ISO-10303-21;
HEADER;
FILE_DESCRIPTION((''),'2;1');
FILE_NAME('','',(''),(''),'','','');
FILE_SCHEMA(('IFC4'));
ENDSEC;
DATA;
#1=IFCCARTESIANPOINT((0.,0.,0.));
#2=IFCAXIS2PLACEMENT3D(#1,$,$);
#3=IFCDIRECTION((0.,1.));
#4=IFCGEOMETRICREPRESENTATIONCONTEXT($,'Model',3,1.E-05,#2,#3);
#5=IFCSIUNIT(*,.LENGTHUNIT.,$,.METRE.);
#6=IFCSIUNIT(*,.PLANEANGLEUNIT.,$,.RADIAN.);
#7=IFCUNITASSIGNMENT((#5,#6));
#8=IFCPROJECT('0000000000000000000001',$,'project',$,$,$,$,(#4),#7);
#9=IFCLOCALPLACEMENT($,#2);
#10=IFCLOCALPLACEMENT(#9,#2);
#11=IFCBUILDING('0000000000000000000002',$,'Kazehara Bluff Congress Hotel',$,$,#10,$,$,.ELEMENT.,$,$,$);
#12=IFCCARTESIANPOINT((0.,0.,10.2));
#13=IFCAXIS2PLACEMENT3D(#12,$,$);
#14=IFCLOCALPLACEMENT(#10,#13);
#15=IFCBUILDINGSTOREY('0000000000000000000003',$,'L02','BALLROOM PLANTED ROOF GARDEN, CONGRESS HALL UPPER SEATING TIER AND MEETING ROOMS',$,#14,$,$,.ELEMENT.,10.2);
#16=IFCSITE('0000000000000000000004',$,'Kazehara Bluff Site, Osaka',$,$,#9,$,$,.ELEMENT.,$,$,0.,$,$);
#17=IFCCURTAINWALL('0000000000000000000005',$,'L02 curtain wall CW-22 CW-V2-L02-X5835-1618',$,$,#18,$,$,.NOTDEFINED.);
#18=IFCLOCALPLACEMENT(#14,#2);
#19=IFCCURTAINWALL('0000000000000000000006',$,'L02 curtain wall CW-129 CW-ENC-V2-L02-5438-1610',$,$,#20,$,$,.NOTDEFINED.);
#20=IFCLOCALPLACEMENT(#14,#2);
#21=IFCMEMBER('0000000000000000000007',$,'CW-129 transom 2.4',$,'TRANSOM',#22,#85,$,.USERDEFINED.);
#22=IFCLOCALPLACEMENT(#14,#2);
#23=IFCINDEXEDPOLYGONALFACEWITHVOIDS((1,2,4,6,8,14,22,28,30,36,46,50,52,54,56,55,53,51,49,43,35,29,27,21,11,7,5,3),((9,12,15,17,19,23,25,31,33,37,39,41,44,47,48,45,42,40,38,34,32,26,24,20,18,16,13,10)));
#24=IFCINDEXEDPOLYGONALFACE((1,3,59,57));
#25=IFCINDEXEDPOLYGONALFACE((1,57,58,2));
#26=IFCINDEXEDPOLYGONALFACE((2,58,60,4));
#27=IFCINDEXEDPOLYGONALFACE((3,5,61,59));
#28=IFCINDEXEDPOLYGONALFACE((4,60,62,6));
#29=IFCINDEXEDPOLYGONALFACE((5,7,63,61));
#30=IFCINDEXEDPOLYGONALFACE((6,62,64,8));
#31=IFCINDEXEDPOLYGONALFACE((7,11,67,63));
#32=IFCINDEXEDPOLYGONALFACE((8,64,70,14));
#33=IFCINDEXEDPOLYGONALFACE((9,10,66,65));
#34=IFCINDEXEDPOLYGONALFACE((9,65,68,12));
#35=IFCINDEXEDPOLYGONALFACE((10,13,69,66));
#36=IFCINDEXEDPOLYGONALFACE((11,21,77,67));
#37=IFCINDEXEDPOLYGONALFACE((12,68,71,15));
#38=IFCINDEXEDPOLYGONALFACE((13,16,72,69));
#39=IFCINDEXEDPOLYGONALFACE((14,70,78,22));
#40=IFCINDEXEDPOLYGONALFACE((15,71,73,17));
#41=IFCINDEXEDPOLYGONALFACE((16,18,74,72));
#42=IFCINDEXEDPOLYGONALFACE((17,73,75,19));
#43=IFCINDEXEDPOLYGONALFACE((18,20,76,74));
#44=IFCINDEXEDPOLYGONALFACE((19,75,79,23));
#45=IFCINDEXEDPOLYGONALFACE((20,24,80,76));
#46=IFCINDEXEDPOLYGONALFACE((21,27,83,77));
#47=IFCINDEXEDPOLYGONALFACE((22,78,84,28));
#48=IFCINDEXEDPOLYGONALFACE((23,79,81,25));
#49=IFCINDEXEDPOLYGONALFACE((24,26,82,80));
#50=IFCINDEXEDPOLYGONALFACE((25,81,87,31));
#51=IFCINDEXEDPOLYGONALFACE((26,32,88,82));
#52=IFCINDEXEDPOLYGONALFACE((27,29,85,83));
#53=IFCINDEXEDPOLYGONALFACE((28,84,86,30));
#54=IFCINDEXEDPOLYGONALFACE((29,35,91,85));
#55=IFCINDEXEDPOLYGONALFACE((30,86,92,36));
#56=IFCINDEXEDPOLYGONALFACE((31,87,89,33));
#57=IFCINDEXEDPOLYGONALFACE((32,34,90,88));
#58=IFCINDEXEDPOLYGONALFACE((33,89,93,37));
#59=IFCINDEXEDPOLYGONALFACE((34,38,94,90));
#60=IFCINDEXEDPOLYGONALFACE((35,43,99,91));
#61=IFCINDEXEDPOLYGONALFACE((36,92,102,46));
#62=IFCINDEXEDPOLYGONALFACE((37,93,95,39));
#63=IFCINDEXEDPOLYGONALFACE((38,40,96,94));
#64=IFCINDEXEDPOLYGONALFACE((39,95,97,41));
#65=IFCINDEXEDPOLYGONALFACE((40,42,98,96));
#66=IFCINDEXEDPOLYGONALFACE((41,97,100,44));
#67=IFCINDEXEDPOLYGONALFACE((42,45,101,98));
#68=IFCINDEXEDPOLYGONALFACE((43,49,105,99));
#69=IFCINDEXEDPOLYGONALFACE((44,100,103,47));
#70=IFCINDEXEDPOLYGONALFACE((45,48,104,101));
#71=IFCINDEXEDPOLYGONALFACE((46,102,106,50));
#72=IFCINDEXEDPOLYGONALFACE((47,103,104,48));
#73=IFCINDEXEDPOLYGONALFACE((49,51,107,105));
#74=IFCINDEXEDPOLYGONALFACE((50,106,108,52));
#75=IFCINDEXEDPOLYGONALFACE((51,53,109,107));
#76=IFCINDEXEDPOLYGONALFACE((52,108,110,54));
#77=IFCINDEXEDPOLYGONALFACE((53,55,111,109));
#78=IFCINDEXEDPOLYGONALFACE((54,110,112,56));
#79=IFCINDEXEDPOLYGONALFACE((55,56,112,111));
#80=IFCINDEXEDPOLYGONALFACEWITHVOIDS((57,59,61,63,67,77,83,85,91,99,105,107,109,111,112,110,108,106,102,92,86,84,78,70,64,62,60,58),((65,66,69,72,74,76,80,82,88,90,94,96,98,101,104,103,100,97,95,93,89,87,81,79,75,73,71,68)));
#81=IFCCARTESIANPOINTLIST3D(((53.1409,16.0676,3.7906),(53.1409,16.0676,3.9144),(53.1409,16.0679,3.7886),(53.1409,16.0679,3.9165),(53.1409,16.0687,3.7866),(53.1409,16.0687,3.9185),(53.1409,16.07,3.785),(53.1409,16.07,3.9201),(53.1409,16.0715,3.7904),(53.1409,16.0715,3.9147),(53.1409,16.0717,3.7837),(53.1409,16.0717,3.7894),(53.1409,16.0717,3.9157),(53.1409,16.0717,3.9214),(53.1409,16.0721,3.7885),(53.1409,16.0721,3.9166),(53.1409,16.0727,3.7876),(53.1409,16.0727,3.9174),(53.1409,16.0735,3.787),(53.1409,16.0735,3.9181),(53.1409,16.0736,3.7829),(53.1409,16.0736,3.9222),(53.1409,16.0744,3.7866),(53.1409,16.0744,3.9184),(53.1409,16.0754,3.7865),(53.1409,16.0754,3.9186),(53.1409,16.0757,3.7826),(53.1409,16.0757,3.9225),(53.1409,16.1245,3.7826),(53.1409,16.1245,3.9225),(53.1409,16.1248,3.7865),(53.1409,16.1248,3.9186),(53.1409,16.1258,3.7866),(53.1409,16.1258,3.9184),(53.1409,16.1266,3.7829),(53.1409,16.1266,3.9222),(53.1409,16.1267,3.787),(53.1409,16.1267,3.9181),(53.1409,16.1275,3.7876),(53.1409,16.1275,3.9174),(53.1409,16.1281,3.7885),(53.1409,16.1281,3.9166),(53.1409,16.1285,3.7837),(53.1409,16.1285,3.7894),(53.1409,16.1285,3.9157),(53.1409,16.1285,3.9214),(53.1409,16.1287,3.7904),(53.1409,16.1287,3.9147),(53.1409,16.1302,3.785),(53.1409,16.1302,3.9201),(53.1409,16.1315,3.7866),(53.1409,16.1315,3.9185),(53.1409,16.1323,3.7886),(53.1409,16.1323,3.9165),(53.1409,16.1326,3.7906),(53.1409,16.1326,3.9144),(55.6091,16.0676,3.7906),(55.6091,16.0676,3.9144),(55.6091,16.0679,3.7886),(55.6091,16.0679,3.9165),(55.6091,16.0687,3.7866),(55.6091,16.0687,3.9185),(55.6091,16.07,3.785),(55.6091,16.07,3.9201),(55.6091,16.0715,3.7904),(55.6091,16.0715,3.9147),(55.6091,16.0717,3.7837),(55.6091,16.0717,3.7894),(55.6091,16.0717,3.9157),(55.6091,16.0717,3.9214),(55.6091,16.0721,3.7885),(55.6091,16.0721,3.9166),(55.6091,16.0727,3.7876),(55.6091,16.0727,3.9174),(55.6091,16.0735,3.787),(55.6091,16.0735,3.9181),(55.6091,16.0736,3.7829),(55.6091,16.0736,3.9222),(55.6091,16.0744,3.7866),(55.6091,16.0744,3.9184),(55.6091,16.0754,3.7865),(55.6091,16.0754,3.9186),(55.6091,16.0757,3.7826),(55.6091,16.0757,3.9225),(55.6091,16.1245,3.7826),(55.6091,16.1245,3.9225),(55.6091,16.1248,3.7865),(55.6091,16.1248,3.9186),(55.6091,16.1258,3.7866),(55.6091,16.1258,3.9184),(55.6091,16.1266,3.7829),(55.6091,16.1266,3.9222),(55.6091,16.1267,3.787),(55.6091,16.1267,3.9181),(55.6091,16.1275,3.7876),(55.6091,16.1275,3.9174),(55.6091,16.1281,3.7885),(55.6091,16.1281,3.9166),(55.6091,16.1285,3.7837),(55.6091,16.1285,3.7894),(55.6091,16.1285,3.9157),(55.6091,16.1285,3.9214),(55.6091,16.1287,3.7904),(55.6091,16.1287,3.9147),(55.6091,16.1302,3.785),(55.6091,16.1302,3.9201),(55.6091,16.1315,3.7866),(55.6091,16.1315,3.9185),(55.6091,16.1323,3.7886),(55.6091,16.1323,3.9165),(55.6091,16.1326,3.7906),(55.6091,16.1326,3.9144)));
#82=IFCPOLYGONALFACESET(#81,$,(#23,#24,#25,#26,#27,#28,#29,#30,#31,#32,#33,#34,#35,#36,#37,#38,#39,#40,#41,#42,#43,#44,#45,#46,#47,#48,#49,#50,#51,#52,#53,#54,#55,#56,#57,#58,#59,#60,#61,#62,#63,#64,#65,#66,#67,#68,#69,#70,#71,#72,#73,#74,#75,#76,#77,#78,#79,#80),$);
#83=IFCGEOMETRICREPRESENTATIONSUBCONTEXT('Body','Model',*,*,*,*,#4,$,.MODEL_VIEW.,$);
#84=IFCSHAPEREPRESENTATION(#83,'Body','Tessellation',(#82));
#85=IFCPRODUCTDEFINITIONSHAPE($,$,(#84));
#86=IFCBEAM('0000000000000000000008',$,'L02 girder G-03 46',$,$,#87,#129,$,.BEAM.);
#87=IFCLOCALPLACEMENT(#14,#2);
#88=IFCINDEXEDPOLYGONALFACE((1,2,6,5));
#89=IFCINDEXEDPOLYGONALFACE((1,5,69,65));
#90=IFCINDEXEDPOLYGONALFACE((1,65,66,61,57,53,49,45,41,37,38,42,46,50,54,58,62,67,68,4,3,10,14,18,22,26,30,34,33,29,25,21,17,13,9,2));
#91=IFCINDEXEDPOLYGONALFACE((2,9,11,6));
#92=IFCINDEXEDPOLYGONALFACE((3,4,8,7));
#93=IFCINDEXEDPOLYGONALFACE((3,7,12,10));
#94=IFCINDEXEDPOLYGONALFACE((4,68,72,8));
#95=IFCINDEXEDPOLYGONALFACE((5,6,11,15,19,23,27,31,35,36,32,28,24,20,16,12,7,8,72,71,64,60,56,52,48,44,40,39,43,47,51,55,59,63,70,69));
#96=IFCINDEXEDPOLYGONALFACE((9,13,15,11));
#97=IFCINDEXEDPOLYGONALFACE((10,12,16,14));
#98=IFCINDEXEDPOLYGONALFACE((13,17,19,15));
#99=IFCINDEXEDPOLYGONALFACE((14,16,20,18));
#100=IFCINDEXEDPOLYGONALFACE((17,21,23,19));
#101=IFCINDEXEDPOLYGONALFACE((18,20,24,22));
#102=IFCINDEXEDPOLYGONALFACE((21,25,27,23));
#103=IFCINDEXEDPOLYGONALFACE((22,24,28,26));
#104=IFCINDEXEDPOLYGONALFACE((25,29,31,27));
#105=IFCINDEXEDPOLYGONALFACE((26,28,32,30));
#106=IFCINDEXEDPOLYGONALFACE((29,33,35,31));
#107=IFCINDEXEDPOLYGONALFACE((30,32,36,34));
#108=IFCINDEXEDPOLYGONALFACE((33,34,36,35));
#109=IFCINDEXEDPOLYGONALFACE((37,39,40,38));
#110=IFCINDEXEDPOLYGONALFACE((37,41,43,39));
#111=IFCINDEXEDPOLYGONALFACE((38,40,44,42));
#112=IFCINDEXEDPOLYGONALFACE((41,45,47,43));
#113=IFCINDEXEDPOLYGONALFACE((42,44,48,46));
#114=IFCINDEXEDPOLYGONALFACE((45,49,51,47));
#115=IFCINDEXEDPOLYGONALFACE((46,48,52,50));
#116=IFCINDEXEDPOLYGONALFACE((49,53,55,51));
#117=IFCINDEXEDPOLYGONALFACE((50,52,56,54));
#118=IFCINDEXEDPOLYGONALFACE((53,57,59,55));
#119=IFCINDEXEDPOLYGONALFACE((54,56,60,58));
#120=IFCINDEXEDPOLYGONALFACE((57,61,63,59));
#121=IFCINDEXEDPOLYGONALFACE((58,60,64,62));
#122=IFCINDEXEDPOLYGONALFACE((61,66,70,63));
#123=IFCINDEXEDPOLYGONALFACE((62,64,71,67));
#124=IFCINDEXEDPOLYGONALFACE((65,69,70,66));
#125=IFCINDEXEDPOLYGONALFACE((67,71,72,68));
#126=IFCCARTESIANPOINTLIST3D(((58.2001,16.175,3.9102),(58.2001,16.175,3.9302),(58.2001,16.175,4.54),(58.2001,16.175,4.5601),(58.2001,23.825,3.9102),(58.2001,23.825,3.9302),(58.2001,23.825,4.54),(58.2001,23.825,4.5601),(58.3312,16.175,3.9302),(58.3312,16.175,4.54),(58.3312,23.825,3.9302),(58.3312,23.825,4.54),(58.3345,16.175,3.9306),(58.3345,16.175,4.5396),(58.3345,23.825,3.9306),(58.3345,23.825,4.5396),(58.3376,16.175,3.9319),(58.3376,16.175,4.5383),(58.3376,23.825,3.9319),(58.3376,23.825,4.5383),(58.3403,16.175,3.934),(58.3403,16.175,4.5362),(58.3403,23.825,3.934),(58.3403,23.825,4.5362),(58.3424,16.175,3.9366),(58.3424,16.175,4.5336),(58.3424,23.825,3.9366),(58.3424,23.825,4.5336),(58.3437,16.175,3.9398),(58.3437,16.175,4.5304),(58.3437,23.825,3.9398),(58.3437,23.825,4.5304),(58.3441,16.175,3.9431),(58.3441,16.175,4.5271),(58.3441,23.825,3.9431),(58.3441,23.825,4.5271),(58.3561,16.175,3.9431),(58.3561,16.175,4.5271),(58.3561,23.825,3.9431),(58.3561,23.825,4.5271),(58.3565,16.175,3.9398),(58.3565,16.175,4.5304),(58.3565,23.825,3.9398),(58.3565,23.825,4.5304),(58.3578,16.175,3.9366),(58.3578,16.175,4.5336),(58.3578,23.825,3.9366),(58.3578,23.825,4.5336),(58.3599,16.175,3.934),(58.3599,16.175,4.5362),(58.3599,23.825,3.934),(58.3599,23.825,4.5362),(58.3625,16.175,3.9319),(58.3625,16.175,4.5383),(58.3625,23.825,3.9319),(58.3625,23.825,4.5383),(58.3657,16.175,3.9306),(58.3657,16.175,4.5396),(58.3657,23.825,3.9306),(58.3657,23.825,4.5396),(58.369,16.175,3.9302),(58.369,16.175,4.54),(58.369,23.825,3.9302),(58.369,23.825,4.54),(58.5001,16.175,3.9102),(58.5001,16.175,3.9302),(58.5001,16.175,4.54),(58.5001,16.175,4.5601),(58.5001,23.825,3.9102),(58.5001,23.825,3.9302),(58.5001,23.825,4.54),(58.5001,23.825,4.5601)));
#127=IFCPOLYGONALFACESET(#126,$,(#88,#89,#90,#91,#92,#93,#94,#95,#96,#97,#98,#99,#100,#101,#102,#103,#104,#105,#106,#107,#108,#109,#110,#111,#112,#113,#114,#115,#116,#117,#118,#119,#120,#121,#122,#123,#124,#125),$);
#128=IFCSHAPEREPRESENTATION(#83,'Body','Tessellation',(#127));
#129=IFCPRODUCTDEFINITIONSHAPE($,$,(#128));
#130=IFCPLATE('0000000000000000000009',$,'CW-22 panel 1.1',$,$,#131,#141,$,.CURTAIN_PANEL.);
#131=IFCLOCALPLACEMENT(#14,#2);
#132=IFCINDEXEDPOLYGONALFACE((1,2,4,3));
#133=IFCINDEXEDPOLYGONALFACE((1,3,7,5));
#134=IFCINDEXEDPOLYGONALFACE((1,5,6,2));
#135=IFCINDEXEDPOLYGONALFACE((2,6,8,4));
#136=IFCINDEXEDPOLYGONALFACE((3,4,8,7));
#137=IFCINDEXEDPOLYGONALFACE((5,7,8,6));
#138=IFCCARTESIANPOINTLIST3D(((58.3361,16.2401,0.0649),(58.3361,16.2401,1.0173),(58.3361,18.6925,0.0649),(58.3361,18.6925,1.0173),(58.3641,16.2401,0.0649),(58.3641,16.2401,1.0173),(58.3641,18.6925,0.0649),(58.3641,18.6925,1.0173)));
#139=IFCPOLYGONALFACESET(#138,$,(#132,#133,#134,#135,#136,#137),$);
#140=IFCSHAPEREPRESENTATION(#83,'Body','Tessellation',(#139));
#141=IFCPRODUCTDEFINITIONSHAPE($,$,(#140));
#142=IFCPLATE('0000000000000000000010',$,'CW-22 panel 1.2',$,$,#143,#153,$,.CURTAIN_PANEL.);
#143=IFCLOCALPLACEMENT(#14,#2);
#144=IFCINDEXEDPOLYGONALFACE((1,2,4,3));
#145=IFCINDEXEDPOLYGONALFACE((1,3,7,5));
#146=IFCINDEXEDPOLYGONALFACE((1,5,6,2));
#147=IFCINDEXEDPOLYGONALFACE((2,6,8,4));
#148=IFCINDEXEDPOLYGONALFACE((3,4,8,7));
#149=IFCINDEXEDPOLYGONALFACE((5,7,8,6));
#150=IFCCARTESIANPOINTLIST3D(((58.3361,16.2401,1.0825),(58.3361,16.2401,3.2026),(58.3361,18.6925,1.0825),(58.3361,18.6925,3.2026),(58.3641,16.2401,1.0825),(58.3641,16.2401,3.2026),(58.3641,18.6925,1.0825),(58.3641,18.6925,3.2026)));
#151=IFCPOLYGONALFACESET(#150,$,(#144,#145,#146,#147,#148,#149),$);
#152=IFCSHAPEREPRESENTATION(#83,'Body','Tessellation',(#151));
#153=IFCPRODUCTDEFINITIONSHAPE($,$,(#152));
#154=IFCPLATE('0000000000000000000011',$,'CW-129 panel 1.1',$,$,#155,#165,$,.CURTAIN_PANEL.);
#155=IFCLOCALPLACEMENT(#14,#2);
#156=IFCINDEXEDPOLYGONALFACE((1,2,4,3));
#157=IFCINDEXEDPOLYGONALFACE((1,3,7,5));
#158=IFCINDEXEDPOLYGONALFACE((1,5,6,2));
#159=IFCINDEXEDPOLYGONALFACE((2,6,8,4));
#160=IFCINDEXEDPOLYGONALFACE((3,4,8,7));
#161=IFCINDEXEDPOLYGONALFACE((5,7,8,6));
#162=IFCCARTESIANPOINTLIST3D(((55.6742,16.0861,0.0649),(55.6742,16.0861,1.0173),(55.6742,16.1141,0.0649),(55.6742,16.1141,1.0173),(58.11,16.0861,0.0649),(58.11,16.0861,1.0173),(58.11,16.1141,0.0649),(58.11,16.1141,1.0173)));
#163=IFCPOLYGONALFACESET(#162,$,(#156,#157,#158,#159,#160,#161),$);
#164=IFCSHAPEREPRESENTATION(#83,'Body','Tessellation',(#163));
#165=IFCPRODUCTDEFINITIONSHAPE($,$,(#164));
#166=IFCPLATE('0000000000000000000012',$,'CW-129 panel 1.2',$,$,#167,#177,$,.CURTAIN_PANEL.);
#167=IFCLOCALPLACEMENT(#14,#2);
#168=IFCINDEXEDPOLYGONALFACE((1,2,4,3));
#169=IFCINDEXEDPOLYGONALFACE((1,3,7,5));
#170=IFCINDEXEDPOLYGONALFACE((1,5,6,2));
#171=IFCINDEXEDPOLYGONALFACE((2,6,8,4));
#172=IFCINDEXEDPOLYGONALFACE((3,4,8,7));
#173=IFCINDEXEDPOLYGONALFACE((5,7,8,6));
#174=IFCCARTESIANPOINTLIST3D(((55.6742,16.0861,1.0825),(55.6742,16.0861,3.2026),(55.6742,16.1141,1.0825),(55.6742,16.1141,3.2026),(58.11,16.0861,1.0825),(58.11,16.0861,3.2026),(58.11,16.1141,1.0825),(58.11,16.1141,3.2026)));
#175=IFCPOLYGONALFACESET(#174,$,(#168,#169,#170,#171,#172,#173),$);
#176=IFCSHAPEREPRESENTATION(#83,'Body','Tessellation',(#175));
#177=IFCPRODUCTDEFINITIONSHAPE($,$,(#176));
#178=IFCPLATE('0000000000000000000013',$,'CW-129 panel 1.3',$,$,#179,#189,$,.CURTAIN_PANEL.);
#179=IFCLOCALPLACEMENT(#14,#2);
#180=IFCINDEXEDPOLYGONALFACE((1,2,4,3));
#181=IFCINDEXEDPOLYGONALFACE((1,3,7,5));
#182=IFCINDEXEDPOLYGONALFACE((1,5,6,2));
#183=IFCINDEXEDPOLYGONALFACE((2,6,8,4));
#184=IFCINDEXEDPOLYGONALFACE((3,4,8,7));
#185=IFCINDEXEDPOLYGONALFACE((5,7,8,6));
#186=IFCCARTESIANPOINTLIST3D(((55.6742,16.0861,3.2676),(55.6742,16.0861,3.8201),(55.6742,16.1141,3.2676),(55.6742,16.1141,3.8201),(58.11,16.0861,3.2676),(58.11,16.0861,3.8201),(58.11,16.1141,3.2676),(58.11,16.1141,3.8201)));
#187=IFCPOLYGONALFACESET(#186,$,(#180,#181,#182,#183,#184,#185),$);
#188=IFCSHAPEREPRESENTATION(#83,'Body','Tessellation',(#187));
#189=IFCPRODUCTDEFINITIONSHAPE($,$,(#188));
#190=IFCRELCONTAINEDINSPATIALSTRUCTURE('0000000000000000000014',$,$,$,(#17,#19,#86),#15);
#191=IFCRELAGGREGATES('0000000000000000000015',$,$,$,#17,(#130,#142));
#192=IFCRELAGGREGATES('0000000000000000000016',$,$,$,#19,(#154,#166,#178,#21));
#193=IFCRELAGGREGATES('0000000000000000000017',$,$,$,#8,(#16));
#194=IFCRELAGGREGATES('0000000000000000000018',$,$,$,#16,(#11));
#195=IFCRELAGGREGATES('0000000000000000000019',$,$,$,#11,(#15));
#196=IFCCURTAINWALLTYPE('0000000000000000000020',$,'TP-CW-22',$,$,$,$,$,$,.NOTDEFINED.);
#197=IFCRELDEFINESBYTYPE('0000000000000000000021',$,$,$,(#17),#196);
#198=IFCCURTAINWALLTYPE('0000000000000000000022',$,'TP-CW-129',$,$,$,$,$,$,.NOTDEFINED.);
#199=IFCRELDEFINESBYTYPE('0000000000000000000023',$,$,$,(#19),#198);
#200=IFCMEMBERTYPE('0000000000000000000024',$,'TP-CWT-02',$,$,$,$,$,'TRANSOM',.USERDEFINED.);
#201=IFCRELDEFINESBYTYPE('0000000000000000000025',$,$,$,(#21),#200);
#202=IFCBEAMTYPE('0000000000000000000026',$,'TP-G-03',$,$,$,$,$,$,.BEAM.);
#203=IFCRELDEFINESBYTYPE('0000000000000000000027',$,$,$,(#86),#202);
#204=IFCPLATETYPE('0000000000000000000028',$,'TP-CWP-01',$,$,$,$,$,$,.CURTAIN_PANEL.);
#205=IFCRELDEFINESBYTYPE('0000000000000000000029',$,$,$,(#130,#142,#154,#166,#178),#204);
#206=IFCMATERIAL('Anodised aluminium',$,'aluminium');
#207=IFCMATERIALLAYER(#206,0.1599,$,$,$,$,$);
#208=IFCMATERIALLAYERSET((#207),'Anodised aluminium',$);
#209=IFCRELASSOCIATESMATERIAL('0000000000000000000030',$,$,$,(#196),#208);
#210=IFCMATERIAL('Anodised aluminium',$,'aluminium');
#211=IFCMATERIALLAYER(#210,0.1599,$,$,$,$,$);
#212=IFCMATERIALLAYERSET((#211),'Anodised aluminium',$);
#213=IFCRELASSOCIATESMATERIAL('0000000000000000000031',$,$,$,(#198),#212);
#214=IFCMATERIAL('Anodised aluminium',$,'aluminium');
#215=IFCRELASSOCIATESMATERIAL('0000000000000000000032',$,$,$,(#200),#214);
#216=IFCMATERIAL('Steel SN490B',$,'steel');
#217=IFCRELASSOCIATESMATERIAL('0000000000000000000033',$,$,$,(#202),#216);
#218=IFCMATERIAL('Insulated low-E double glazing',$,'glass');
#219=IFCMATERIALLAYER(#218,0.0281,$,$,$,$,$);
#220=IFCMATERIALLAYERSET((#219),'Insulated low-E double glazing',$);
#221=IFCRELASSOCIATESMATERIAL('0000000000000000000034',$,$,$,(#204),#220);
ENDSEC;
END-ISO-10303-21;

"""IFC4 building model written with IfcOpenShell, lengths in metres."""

from ifc_helpers import new_model, si_unit, direction, frame, origin, origin_2d, place, context, subcontext, project, spatial, rectangle, hollow_rectangle, i_section, extrude, material, layer, layer_set, material_profile, profile_set, type_object, element, aggregate, save


model = new_model("IFC4")

# Units and contexts
model_context = context("Model", 3, precision=1e-05, world=origin(), true_north=direction((0.0, 1.0)))
body_context = subcontext(model_context, "Body", "Model", "MODEL_VIEW")
ifc_project = project(units=[si_unit("LENGTHUNIT", "METRE"), si_unit("PLANEANGLEUNIT", "RADIAN")], contexts=[model_context])

# Site, building, storey
site_placement = place(None, origin())
site = spatial("IfcSite", under=ifc_project, at=site_placement, Name="Kazehara Bluff Site, Osaka", CompositionType="ELEMENT", RefElevation=0.0)
building_placement = place(site_placement, origin())
building = spatial("IfcBuilding", under=site, at=building_placement, Name="Kazehara Bluff Congress Hotel", CompositionType="ELEMENT")
storey_placement = place(building_placement, frame((0.0, 0.0, 10.2)))
storey = spatial("IfcBuildingStorey", under=building, at=storey_placement, Name="L02", Description="BALLROOM PLANTED ROOF GARDEN, CONGRESS HALL UPPER SEATING TIER AND MEETING ROOMS", CompositionType="ELEMENT", Elevation=10.2)

# Curtain wall
ifc_material_1 = material(Name="Anodised aluminium", Category="aluminium")
ifc_layer_1 = layer(ifc_material_1, 0.1599)
ifc_layer_set_1 = layer_set([ifc_layer_1], Name="Anodised aluminium")
curtain_wall_type_1 = type_object("IfcCurtainWallType", Name="TP-CW-22", PredefinedType="NOTDEFINED", material=ifc_layer_set_1)
curtain_wall_1_placement = place(storey_placement, origin())
curtain_wall_1 = element("IfcCurtainWall", 1, at=curtain_wall_1_placement, inside=storey, type_object=curtain_wall_type_1, Name="L02 curtain wall CW-22 CW-V2-L02-X5835-1618", PredefinedType="NOTDEFINED")

# Curtain wall
ifc_material_2 = material(Name="Anodised aluminium", Category="aluminium")
ifc_layer_2 = layer(ifc_material_2, 0.1599)
ifc_layer_set_2 = layer_set([ifc_layer_2], Name="Anodised aluminium")
curtain_wall_type_2 = type_object("IfcCurtainWallType", Name="TP-CW-129", PredefinedType="NOTDEFINED", material=ifc_layer_set_2)
curtain_wall_2_placement = place(storey_placement, origin())
curtain_wall_2 = element("IfcCurtainWall", 2, at=curtain_wall_2_placement, inside=storey, type_object=curtain_wall_type_2, Name="L02 curtain wall CW-129 CW-ENC-V2-L02-5438-1610", PredefinedType="NOTDEFINED")

# Member
ifc_material_3 = material(Name="Anodised aluminium", Category="aluminium")
ifc_material_profile_1 = material_profile(ifc_material_3, hollow_rectangle(XDim=0.0649, YDim=0.1399, WallThickness=0.0039, InnerFilletRadius=0.0039, OuterFilletRadius=0.0081, at=origin_2d()))
ifc_profile_set_1 = profile_set([ifc_material_profile_1], Name="Anodised aluminium")
member_type_1 = type_object("IfcMemberType", Name="TP-CWT-02", ElementType="TRANSOM", PredefinedType="USERDEFINED", material=ifc_profile_set_1)
member_1_placement = place(storey_placement, frame((55.6091, 16.1001, 3.8525), z_axis=(-1.0, 0.0, 0.0), x_axis=(0.0, -1.0, 0.0)))
member_1 = element("IfcMember", 3, at=member_1_placement, type_object=member_type_1, Name="CW-129 transom 2.4", ObjectType="TRANSOM", PredefinedType="USERDEFINED", context=body_context, shape_type="SweptSolid", body=[
    extrude(hollow_rectangle(XDim=0.0649, YDim=0.1399, WallThickness=0.0039, InnerFilletRadius=0.0039, OuterFilletRadius=0.0081, at=origin_2d()), origin(), (0.0, 0.0, 1.0), 2.4683),
])

# Beam
ifc_material_4 = material(Name="Steel SN490B", Category="steel")
ifc_material_profile_2 = material_profile(ifc_material_4, i_section(OverallWidth=0.3, OverallDepth=0.6499, WebThickness=0.012, FlangeThickness=0.02, FilletRadius=0.0129, at=origin_2d()))
ifc_profile_set_2 = profile_set([ifc_material_profile_2], Name="Steel SN490B")
beam_type = type_object("IfcBeamType", Name="TP-G-03", PredefinedType="BEAM", material=ifc_profile_set_2)
beam_placement = place(storey_placement, frame((58.3501, 16.175, 4.2351), z_axis=(0.0, 1.0, 0.0), x_axis=(-1.0, 0.0, 0.0)))
element("IfcBeam", 4, at=beam_placement, inside=storey, type_object=beam_type, Name="L02 girder G-03 46", PredefinedType="BEAM", context=body_context, shape_type="SweptSolid", body=[
    extrude(i_section(OverallWidth=0.3, OverallDepth=0.6499, WebThickness=0.012, FlangeThickness=0.02, FilletRadius=0.0129, at=origin_2d()), origin(), (0.0, 0.0, 1.0), 7.6499),
])

# Plates
ifc_material_5 = material(Name="Insulated low-E double glazing", Category="glass")
ifc_layer_3 = layer(ifc_material_5, 0.0281)
ifc_layer_set_3 = layer_set([ifc_layer_3], Name="Insulated low-E double glazing")
plate_type = type_object("IfcPlateType", Name="TP-CWP-01", PredefinedType="CURTAIN_PANEL", material=ifc_layer_set_3)
plate_1_placement = place(storey_placement, frame((58.3501, 17.4663, 0.0649), z_axis=(0.0, 0.0, 1.0), x_axis=(0.0, 1.0, 0.0)))
plate_1 = element("IfcPlate", 5, at=plate_1_placement, type_object=plate_type, Name="CW-22 panel 1.1", PredefinedType="CURTAIN_PANEL", context=body_context, shape_type="SweptSolid", body=[
    extrude(rectangle(XDim=2.4524, YDim=0.0281, at=origin_2d()), origin(), (0.0, 0.0, 1.0), 0.9524),
])
plate_2_placement = place(storey_placement, frame((58.3501, 17.4663, 1.0825), z_axis=(0.0, 0.0, 1.0), x_axis=(0.0, 1.0, 0.0)))
plate_2 = element("IfcPlate", 6, at=plate_2_placement, type_object=plate_type, Name="CW-22 panel 1.2", PredefinedType="CURTAIN_PANEL", context=body_context, shape_type="SweptSolid", body=[
    extrude(rectangle(XDim=2.4524, YDim=0.0281, at=origin_2d()), origin(), (0.0, 0.0, 1.0), 2.1201),
])
aggregate(curtain_wall_1, [plate_1, plate_2])
plate_3_placement = place(storey_placement, frame((56.8921, 16.1001, 0.0649), z_axis=(0.0, 0.0, 1.0), x_axis=(-1.0, 0.0, 0.0)))
plate_3 = element("IfcPlate", 7, at=plate_3_placement, type_object=plate_type, Name="CW-129 panel 1.1", PredefinedType="CURTAIN_PANEL", context=body_context, shape_type="SweptSolid", body=[
    extrude(rectangle(XDim=2.4358, YDim=0.0281, at=origin_2d()), origin(), (0.0, 0.0, 1.0), 0.9524),
])
plate_4_placement = place(storey_placement, frame((56.8921, 16.1001, 1.0825), z_axis=(0.0, 0.0, 1.0), x_axis=(-1.0, 0.0, 0.0)))
plate_4 = element("IfcPlate", 8, at=plate_4_placement, type_object=plate_type, Name="CW-129 panel 1.2", PredefinedType="CURTAIN_PANEL", context=body_context, shape_type="SweptSolid", body=[
    extrude(rectangle(XDim=2.4358, YDim=0.0281, at=origin_2d()), origin(), (0.0, 0.0, 1.0), 2.1201),
])
plate_5_placement = place(storey_placement, frame((56.8921, 16.1001, 3.2676), z_axis=(0.0, 0.0, 1.0), x_axis=(-1.0, 0.0, 0.0)))
plate_5 = element("IfcPlate", 9, at=plate_5_placement, type_object=plate_type, Name="CW-129 panel 1.3", PredefinedType="CURTAIN_PANEL", context=body_context, shape_type="SweptSolid", body=[
    extrude(rectangle(XDim=2.4358, YDim=0.0281, at=origin_2d()), origin(), (0.0, 0.0, 1.0), 0.5525),
])
aggregate(curtain_wall_2, [plate_3, plate_4, plate_5, member_1])

save(model, "model.ifc")
